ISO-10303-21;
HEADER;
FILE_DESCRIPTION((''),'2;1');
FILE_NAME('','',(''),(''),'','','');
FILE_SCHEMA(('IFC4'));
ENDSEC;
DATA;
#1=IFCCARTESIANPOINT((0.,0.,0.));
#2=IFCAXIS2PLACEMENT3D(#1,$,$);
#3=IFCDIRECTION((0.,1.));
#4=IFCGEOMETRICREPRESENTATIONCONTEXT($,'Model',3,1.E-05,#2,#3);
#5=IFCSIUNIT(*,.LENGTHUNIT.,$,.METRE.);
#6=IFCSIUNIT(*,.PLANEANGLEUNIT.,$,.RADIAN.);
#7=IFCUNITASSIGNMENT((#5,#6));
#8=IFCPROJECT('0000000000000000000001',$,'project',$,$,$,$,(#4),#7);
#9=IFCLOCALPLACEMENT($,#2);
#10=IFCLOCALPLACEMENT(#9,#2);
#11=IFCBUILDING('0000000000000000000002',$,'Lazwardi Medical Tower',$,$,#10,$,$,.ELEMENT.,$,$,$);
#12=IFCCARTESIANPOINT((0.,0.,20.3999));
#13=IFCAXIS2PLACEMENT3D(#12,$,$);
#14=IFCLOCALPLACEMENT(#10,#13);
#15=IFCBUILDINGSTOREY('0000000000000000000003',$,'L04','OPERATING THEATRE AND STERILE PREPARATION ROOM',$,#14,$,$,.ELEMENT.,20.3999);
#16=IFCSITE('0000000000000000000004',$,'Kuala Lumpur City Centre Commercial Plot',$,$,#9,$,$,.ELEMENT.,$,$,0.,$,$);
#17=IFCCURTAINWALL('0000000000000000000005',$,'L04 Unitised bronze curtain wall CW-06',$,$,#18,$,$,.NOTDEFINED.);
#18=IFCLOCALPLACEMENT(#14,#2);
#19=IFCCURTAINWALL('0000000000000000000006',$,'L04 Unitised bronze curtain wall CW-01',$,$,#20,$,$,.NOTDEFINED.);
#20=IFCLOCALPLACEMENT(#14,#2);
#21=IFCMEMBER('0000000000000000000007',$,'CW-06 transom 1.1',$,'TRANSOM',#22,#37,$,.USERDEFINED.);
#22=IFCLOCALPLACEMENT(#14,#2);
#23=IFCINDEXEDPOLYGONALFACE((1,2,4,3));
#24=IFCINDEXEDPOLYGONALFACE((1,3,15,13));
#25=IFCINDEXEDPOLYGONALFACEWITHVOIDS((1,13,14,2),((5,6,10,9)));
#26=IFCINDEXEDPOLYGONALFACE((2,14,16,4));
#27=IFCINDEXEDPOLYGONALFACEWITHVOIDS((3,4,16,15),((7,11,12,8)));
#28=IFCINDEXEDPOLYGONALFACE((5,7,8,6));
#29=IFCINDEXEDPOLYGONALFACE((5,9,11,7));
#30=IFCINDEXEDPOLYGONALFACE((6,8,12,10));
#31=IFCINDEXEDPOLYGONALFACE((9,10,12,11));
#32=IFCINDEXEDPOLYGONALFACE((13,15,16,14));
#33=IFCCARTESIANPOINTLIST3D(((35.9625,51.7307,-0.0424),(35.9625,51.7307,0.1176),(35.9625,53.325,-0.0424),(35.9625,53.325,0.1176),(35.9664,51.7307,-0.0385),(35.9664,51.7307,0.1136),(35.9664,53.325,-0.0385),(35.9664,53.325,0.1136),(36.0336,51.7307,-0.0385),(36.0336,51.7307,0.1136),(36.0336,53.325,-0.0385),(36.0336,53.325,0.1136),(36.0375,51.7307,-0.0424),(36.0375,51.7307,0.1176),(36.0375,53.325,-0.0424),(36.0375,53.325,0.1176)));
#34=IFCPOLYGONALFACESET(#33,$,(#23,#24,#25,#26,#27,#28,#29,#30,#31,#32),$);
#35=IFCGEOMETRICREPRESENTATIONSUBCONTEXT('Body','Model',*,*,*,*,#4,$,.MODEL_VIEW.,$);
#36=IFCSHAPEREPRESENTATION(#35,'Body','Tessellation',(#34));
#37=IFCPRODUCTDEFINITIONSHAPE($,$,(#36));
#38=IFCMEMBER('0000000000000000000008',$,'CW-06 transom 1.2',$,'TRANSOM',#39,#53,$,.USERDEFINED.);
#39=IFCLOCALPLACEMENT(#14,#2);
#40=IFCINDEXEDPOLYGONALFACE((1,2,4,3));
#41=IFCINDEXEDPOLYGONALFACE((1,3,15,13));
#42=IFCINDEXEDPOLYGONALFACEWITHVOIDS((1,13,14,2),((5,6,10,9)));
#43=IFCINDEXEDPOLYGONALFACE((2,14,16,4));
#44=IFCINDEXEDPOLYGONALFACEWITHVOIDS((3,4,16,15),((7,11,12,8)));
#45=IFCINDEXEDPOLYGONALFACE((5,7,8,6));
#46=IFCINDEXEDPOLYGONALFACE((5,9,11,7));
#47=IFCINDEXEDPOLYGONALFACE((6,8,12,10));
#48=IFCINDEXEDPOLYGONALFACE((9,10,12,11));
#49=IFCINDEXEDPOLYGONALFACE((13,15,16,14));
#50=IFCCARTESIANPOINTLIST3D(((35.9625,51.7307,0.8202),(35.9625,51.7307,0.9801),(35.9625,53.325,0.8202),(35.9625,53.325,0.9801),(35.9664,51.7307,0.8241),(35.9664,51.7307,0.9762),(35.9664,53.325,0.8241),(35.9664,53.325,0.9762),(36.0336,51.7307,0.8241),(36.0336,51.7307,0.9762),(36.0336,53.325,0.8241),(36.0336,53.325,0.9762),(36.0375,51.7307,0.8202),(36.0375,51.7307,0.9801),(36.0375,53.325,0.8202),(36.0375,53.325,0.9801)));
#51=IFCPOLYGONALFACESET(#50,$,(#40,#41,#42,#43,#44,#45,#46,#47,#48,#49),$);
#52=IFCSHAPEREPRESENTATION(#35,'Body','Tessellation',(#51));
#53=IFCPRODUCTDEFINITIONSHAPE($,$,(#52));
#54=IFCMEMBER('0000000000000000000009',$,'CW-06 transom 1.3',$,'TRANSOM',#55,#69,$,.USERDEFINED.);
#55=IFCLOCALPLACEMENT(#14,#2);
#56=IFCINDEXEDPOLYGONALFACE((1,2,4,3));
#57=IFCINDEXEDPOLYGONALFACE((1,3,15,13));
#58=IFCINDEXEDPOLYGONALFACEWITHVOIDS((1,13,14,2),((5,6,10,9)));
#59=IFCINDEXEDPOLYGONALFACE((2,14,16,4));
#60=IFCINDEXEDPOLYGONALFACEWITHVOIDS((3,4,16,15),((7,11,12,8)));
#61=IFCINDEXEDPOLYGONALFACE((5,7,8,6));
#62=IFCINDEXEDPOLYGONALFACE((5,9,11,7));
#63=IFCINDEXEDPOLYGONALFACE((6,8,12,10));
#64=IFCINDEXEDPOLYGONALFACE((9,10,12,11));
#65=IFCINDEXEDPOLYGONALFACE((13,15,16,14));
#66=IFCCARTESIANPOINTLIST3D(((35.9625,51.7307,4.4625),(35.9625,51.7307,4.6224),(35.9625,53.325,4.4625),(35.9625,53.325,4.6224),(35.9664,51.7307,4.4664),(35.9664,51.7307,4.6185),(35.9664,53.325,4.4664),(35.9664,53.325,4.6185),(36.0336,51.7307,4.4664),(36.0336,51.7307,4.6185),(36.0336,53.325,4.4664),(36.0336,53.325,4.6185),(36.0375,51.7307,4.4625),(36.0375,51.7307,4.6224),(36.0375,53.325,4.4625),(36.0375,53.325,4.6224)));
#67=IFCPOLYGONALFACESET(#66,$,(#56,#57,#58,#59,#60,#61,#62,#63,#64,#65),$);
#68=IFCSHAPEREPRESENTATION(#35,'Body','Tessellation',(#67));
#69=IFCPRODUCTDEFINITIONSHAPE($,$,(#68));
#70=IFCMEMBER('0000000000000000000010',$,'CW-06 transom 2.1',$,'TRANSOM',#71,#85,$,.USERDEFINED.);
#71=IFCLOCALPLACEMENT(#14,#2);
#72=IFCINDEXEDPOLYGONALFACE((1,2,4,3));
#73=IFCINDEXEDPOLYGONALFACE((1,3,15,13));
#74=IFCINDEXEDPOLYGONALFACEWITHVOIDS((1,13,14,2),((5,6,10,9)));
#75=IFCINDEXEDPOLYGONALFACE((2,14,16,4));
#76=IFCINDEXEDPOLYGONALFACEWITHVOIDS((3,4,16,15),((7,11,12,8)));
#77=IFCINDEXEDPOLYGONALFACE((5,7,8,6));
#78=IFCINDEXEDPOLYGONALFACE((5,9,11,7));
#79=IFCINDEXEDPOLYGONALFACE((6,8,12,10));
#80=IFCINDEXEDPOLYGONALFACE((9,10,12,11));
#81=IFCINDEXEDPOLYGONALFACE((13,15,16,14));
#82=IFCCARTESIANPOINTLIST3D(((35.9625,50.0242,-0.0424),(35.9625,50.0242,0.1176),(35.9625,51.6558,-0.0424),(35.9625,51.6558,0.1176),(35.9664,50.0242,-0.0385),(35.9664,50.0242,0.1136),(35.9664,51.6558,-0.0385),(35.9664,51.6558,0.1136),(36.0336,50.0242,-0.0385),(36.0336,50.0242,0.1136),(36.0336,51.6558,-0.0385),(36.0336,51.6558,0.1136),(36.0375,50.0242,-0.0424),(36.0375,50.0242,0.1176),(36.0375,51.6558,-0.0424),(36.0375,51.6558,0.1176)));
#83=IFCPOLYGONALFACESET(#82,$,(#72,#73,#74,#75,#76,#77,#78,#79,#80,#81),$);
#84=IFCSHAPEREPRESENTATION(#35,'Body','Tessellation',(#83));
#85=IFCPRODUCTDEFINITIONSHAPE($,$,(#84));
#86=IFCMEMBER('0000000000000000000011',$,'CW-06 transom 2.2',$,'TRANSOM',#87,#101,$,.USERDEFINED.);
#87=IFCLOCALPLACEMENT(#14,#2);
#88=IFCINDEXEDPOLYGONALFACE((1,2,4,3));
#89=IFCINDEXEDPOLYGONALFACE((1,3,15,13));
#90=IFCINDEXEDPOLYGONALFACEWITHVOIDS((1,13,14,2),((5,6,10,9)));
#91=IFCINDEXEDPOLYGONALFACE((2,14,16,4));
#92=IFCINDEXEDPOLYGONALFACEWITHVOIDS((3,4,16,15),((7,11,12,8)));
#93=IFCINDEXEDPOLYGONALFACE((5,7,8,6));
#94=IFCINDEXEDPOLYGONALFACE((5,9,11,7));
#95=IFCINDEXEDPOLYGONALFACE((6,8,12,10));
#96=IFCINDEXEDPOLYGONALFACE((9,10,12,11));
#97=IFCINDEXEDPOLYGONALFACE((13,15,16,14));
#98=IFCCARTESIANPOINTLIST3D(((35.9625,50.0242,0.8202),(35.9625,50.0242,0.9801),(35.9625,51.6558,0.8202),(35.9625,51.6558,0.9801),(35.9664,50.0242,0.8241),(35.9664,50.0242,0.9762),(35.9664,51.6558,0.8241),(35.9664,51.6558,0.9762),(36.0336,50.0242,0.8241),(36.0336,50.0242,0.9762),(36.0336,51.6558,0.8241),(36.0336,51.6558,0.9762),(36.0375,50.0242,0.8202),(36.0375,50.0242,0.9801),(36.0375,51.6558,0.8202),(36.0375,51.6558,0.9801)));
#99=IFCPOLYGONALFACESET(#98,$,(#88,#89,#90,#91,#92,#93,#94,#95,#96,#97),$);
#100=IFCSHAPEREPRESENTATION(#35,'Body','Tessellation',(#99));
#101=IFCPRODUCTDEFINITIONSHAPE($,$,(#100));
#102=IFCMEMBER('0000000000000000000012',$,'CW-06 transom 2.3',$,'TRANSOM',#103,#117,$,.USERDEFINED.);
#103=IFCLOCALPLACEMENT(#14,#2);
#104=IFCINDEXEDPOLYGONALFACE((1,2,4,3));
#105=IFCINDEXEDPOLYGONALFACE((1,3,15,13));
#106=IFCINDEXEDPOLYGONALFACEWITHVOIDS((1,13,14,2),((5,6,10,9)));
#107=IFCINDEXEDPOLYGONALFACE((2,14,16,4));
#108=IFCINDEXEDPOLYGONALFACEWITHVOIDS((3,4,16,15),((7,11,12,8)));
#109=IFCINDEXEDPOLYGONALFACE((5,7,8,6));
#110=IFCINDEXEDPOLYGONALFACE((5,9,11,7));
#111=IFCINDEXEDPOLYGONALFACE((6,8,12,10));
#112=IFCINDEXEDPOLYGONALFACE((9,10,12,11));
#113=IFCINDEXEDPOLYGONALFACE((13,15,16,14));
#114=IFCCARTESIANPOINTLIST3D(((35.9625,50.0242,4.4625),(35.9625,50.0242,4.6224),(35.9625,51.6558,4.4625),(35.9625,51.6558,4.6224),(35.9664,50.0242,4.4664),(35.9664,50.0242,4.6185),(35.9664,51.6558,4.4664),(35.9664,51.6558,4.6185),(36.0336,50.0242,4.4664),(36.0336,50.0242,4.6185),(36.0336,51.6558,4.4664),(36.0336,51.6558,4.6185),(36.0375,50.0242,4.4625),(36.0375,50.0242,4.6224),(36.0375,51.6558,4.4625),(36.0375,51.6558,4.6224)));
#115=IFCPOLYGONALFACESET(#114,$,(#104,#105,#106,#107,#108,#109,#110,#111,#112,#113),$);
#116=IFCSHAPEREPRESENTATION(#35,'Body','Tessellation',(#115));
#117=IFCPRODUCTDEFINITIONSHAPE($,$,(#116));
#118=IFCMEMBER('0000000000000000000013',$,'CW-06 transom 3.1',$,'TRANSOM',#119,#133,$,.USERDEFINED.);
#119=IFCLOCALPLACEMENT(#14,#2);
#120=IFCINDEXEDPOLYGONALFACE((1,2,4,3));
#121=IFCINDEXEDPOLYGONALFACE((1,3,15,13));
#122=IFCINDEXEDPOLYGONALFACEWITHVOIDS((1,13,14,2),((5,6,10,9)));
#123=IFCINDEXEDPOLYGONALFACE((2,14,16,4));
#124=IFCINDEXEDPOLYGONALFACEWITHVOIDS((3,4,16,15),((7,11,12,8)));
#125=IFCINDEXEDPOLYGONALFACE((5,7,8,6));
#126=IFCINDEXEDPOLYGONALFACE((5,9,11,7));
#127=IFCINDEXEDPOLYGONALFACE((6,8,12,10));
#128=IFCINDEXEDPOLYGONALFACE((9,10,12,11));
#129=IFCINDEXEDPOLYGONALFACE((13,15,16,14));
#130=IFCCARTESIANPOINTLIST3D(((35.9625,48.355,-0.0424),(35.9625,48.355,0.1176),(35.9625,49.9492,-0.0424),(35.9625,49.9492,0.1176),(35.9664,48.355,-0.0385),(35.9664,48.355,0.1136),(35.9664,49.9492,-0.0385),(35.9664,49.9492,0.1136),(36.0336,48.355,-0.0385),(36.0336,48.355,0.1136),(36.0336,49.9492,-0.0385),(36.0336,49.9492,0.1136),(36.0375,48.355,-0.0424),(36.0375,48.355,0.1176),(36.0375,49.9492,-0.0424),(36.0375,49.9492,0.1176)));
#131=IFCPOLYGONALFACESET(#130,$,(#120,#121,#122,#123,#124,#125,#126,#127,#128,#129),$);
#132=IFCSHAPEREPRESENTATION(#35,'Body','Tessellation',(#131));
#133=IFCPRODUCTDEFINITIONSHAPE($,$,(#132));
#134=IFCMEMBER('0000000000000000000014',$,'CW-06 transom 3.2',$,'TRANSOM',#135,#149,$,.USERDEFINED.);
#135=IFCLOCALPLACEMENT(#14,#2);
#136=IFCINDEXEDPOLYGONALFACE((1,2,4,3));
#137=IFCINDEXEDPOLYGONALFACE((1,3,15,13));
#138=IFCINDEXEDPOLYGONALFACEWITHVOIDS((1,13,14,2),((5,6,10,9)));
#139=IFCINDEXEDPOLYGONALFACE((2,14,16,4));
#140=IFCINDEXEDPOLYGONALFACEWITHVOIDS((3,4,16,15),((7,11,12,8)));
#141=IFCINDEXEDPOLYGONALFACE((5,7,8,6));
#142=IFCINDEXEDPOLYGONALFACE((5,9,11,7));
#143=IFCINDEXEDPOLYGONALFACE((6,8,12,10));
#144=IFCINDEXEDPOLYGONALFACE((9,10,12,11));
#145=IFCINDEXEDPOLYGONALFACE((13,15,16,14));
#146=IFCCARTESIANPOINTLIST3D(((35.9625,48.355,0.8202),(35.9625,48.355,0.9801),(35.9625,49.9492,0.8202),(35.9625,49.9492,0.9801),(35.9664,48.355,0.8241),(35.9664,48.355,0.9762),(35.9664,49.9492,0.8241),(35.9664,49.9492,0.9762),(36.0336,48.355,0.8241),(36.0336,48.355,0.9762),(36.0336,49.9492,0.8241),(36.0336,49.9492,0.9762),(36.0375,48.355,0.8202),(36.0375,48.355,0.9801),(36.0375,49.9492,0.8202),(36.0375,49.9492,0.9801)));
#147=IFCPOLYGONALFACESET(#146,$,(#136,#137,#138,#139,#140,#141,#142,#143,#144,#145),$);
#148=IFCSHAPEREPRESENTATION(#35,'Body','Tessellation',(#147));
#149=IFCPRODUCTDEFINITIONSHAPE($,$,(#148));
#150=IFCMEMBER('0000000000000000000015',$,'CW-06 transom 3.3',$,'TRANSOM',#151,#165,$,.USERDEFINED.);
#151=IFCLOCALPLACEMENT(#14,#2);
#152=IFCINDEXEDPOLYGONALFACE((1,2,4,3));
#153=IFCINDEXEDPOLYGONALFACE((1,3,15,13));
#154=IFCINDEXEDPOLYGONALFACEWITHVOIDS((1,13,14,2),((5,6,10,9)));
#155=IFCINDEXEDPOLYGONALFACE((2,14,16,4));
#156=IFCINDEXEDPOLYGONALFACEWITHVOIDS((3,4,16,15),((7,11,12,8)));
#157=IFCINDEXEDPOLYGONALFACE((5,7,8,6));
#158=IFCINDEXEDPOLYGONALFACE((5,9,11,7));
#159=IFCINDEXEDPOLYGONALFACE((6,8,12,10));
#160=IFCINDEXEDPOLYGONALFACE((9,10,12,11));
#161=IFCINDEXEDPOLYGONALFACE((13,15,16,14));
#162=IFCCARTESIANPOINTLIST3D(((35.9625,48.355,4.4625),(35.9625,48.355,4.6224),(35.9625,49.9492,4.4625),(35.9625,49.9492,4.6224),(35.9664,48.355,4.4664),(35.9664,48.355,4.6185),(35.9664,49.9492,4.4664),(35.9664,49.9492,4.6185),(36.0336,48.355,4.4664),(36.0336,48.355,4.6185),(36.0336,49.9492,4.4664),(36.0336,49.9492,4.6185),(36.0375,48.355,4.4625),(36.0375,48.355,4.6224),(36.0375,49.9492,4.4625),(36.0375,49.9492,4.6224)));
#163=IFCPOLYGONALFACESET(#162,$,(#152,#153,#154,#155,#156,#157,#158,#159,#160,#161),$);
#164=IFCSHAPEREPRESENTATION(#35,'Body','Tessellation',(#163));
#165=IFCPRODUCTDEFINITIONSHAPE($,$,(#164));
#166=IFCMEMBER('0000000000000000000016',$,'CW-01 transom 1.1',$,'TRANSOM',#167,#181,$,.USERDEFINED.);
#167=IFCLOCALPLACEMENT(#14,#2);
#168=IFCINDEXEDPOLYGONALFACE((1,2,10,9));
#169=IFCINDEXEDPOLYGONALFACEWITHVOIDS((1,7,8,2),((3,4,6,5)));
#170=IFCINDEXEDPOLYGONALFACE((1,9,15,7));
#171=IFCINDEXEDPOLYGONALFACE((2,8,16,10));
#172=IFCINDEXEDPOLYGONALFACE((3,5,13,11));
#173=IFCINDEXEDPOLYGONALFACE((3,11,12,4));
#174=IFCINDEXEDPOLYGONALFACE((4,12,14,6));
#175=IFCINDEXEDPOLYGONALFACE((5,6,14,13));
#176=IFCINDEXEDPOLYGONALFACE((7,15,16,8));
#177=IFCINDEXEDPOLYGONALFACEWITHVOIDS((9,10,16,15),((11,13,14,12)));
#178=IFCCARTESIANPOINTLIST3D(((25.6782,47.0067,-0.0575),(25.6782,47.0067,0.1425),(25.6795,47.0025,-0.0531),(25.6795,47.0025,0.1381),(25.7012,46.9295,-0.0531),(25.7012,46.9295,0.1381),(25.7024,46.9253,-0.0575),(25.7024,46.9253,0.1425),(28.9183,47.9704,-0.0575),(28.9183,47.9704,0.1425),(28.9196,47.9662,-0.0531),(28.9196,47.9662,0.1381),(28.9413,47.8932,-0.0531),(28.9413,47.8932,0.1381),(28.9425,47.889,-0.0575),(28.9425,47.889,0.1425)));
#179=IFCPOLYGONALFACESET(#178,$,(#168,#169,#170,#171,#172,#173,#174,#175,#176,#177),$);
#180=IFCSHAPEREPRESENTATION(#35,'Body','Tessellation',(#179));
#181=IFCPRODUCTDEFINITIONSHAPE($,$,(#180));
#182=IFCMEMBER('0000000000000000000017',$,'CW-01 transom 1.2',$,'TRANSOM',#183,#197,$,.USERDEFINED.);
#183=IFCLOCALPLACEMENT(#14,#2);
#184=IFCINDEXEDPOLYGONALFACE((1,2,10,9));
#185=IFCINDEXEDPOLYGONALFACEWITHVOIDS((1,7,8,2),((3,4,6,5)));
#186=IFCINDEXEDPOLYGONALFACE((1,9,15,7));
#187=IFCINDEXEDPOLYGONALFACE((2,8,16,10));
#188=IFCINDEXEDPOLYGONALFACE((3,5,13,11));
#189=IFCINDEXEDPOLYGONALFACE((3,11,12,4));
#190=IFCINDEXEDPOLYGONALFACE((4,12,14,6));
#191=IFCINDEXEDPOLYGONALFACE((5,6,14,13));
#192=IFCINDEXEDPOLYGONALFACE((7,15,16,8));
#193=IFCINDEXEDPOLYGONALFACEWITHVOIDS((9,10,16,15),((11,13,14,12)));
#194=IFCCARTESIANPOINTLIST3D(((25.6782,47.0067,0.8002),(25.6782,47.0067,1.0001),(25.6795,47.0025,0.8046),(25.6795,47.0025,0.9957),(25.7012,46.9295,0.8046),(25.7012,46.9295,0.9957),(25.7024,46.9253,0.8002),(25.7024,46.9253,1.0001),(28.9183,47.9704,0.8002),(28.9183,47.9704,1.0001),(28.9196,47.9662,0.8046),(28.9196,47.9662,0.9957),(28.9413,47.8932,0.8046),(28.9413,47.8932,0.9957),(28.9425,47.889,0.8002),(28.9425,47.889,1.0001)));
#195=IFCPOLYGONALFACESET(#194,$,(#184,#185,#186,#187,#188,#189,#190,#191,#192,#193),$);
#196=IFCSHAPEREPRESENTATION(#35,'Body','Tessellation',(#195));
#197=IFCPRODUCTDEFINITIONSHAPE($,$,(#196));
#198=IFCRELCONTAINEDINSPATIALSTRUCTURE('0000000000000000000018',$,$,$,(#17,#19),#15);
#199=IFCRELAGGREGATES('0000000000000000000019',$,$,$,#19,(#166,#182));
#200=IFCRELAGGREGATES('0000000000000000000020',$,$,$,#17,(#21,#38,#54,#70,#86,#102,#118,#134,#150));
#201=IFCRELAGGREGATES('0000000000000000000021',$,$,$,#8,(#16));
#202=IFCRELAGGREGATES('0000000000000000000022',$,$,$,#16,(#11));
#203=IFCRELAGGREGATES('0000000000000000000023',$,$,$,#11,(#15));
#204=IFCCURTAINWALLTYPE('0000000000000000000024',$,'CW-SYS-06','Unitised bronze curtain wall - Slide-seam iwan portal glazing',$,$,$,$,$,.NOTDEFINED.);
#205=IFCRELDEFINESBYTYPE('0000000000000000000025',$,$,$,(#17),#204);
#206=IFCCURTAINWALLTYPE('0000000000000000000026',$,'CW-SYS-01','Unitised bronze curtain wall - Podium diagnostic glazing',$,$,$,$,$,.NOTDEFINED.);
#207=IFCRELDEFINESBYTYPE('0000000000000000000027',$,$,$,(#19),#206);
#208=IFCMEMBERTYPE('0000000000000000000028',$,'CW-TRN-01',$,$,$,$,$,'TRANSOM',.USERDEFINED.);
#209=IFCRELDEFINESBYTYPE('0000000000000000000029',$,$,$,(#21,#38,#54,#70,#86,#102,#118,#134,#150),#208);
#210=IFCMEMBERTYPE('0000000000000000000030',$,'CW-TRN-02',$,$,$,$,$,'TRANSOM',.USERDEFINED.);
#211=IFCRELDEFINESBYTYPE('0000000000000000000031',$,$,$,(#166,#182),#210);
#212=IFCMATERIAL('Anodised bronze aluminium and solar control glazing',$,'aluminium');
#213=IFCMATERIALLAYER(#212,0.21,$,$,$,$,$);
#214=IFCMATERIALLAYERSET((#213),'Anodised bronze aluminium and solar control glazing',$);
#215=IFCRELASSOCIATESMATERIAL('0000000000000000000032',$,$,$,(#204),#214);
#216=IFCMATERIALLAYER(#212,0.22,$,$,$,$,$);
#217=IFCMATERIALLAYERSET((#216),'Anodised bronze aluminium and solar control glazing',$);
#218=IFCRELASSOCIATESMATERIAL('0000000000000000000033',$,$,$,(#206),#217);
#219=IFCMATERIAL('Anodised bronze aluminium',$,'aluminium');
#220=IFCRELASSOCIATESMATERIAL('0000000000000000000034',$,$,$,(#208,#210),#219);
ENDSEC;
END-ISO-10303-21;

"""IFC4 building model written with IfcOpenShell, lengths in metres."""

from ifc_helpers import new_model, si_unit, direction, frame, origin, origin_2d, place, context, subcontext, project, spatial, hollow_rectangle, extrude, material, layer, layer_set, material_profile, profile_set, type_object, element, aggregate, save


model = new_model("IFC4")

# Units and contexts
model_context = context("Model", 3, precision=1e-05, world=origin(), true_north=direction((0.0, 1.0)))
body_context = subcontext(model_context, "Body", "Model", "MODEL_VIEW")
ifc_project = project(units=[si_unit("LENGTHUNIT", "METRE"), si_unit("PLANEANGLEUNIT", "RADIAN")], contexts=[model_context])

# Site, building, storey
site_placement = place(None, origin())
site = spatial("IfcSite", under=ifc_project, at=site_placement, Name="Kuala Lumpur City Centre Commercial Plot", CompositionType="ELEMENT", RefElevation=0.0)
building_placement = place(site_placement, origin())
building = spatial("IfcBuilding", under=site, at=building_placement, Name="Lazwardi Medical Tower", CompositionType="ELEMENT")
storey_placement = place(building_placement, frame((0.0, 0.0, 20.3999)))
storey = spatial("IfcBuildingStorey", under=building, at=storey_placement, Name="L04", Description="OPERATING THEATRE AND STERILE PREPARATION ROOM", CompositionType="ELEMENT", Elevation=20.3999)

# Curtain walls
ifc_material_1 = material(Name="Anodised bronze aluminium and solar control glazing", Category="aluminium")
ifc_layer_1 = layer(ifc_material_1, 0.21)
ifc_layer_set_1 = layer_set([ifc_layer_1], Name="Anodised bronze aluminium and solar control glazing")
curtain_wall_type_1 = type_object("IfcCurtainWallType", Name="CW-SYS-06", Description="Unitised bronze curtain wall - Slide-seam iwan portal glazing", PredefinedType="NOTDEFINED", material=ifc_layer_set_1)
curtain_wall_1_placement = place(storey_placement, origin())
curtain_wall_1 = element("IfcCurtainWall", 1, at=curtain_wall_1_placement, inside=storey, type_object=curtain_wall_type_1, Name="L04 Unitised bronze curtain wall CW-06", PredefinedType="NOTDEFINED")
ifc_material_2 = material(Name="Anodised bronze aluminium", Category="aluminium")
ifc_layer_2 = layer(ifc_material_1, 0.22)
ifc_layer_set_2 = layer_set([ifc_layer_2], Name="Anodised bronze aluminium and solar control glazing")
curtain_wall_type_2 = type_object("IfcCurtainWallType", Name="CW-SYS-01", Description="Unitised bronze curtain wall - Podium diagnostic glazing", PredefinedType="NOTDEFINED", material=ifc_layer_set_2)
curtain_wall_2_placement = place(storey_placement, origin())
curtain_wall_2 = element("IfcCurtainWall", 2, at=curtain_wall_2_placement, inside=storey, type_object=curtain_wall_type_2, Name="L04 Unitised bronze curtain wall CW-01", PredefinedType="NOTDEFINED")

# Members
ifc_material_profile_1 = material_profile(ifc_material_2, hollow_rectangle(XDim=0.075, YDim=0.1599, WallThickness=0.0039, at=origin_2d()), Name="ALU-TRANSOM 160x75x4")
ifc_profile_set_1 = profile_set([ifc_material_profile_1], Name="Anodised bronze aluminium")
member_type_1 = type_object("IfcMemberType", Name="CW-TRN-01", ElementType="TRANSOM", PredefinedType="USERDEFINED", material=ifc_profile_set_1)
member_1_placement = place(storey_placement, frame((36.0, 53.325, 0.0376), z_axis=(0.0, -1.0, 0.0), x_axis=(1.0, 0.0, 0.0)))
member_1 = element("IfcMember", 3, at=member_1_placement, type_object=member_type_1, Name="CW-06 transom 1.1", ObjectType="TRANSOM", PredefinedType="USERDEFINED", context=body_context, shape_type="SweptSolid", body=[
    extrude(hollow_rectangle(XDim=0.075, YDim=0.1599, WallThickness=0.0039, at=origin_2d()), origin(), (0.0, 0.0, 1.0), 1.5942),
])
member_2_placement = place(storey_placement, frame((36.0, 53.325, 0.9001), z_axis=(0.0, -1.0, 0.0), x_axis=(1.0, 0.0, 0.0)))
member_2 = element("IfcMember", 4, at=member_2_placement, type_object=member_type_1, Name="CW-06 transom 1.2", ObjectType="TRANSOM", PredefinedType="USERDEFINED", context=body_context, shape_type="SweptSolid", body=[
    extrude(hollow_rectangle(XDim=0.075, YDim=0.1599, WallThickness=0.0039, at=origin_2d()), origin(), (0.0, 0.0, 1.0), 1.5942),
])
member_3_placement = place(storey_placement, frame((36.0, 53.325, 4.5425), z_axis=(0.0, -1.0, 0.0), x_axis=(1.0, 0.0, 0.0)))
member_3 = element("IfcMember", 5, at=member_3_placement, type_object=member_type_1, Name="CW-06 transom 1.3", ObjectType="TRANSOM", PredefinedType="USERDEFINED", context=body_context, shape_type="SweptSolid", body=[
    extrude(hollow_rectangle(XDim=0.075, YDim=0.1599, WallThickness=0.0039, at=origin_2d()), origin(), (0.0, 0.0, 1.0), 1.5942),
])
member_4_placement = place(storey_placement, frame((36.0, 51.6558, 0.0376), z_axis=(0.0, -1.0, 0.0), x_axis=(1.0, 0.0, 0.0)))
member_4 = element("IfcMember", 6, at=member_4_placement, type_object=member_type_1, Name="CW-06 transom 2.1", ObjectType="TRANSOM", PredefinedType="USERDEFINED", context=body_context, shape_type="SweptSolid", body=[
    extrude(hollow_rectangle(XDim=0.075, YDim=0.1599, WallThickness=0.0039, at=origin_2d()), origin(), (0.0, 0.0, 1.0), 1.6316),
])
member_5_placement = place(storey_placement, frame((36.0, 51.6558, 0.9001), z_axis=(0.0, -1.0, 0.0), x_axis=(1.0, 0.0, 0.0)))
member_5 = element("IfcMember", 7, at=member_5_placement, type_object=member_type_1, Name="CW-06 transom 2.2", ObjectType="TRANSOM", PredefinedType="USERDEFINED", context=body_context, shape_type="SweptSolid", body=[
    extrude(hollow_rectangle(XDim=0.075, YDim=0.1599, WallThickness=0.0039, at=origin_2d()), origin(), (0.0, 0.0, 1.0), 1.6316),
])
member_6_placement = place(storey_placement, frame((36.0, 51.6558, 4.5425), z_axis=(0.0, -1.0, 0.0), x_axis=(1.0, 0.0, 0.0)))
member_6 = element("IfcMember", 8, at=member_6_placement, type_object=member_type_1, Name="CW-06 transom 2.3", ObjectType="TRANSOM", PredefinedType="USERDEFINED", context=body_context, shape_type="SweptSolid", body=[
    extrude(hollow_rectangle(XDim=0.075, YDim=0.1599, WallThickness=0.0039, at=origin_2d()), origin(), (0.0, 0.0, 1.0), 1.6316),
])
member_7_placement = place(storey_placement, frame((36.0, 49.9492, 0.0376), z_axis=(0.0, -1.0, 0.0), x_axis=(1.0, 0.0, 0.0)))
member_7 = element("IfcMember", 9, at=member_7_placement, type_object=member_type_1, Name="CW-06 transom 3.1", ObjectType="TRANSOM", PredefinedType="USERDEFINED", context=body_context, shape_type="SweptSolid", body=[
    extrude(hollow_rectangle(XDim=0.075, YDim=0.1599, WallThickness=0.0039, at=origin_2d()), origin(), (0.0, 0.0, 1.0), 1.5942),
])
member_8_placement = place(storey_placement, frame((36.0, 49.9492, 0.9001), z_axis=(0.0, -1.0, 0.0), x_axis=(1.0, 0.0, 0.0)))
member_8 = element("IfcMember", 10, at=member_8_placement, type_object=member_type_1, Name="CW-06 transom 3.2", ObjectType="TRANSOM", PredefinedType="USERDEFINED", context=body_context, shape_type="SweptSolid", body=[
    extrude(hollow_rectangle(XDim=0.075, YDim=0.1599, WallThickness=0.0039, at=origin_2d()), origin(), (0.0, 0.0, 1.0), 1.5942),
])
member_9_placement = place(storey_placement, frame((36.0, 49.9492, 4.5425), z_axis=(0.0, -1.0, 0.0), x_axis=(1.0, 0.0, 0.0)))
member_9 = element("IfcMember", 11, at=member_9_placement, type_object=member_type_1, Name="CW-06 transom 3.3", ObjectType="TRANSOM", PredefinedType="USERDEFINED", context=body_context, shape_type="SweptSolid", body=[
    extrude(hollow_rectangle(XDim=0.075, YDim=0.1599, WallThickness=0.0039, at=origin_2d()), origin(), (0.0, 0.0, 1.0), 1.5942),
])
ifc_material_profile_2 = material_profile(ifc_material_2, hollow_rectangle(XDim=0.085, YDim=0.2, WallThickness=0.0044, at=origin_2d()), Name="ALU-TRANSOM 200x85x4.5")
ifc_profile_set_2 = profile_set([ifc_material_profile_2], Name="Anodised bronze aluminium")
member_type_2 = type_object("IfcMemberType", Name="CW-TRN-02", ElementType="TRANSOM", PredefinedType="USERDEFINED", material=ifc_profile_set_2)
member_10_placement = place(storey_placement, frame((28.9304, 47.9297, 0.0425), z_axis=(-0.958505, -0.285074, 0.0), x_axis=(0.285074, -0.958505, 0.0)))
member_10 = element("IfcMember", 12, at=member_10_placement, type_object=member_type_2, Name="CW-01 transom 1.1", ObjectType="TRANSOM", PredefinedType="USERDEFINED", context=body_context, shape_type="SweptSolid", body=[
    extrude(hollow_rectangle(XDim=0.085, YDim=0.2, WallThickness=0.0044, at=origin_2d()), origin(), (0.0, 0.0, 1.0), 3.3804),
])
member_11_placement = place(storey_placement, frame((28.9304, 47.9297, 0.9001), z_axis=(-0.958505, -0.285074, 0.0), x_axis=(0.285074, -0.958505, 0.0)))
member_11 = element("IfcMember", 13, at=member_11_placement, type_object=member_type_2, Name="CW-01 transom 1.2", ObjectType="TRANSOM", PredefinedType="USERDEFINED", context=body_context, shape_type="SweptSolid", body=[
    extrude(hollow_rectangle(XDim=0.085, YDim=0.2, WallThickness=0.0044, at=origin_2d()), origin(), (0.0, 0.0, 1.0), 3.3804),
])

aggregate(curtain_wall_2, [member_10, member_11])
aggregate(curtain_wall_1, [member_1, member_2, member_3, member_4, member_5, member_6, member_7, member_8, member_9])

save(model, "model.ifc")
